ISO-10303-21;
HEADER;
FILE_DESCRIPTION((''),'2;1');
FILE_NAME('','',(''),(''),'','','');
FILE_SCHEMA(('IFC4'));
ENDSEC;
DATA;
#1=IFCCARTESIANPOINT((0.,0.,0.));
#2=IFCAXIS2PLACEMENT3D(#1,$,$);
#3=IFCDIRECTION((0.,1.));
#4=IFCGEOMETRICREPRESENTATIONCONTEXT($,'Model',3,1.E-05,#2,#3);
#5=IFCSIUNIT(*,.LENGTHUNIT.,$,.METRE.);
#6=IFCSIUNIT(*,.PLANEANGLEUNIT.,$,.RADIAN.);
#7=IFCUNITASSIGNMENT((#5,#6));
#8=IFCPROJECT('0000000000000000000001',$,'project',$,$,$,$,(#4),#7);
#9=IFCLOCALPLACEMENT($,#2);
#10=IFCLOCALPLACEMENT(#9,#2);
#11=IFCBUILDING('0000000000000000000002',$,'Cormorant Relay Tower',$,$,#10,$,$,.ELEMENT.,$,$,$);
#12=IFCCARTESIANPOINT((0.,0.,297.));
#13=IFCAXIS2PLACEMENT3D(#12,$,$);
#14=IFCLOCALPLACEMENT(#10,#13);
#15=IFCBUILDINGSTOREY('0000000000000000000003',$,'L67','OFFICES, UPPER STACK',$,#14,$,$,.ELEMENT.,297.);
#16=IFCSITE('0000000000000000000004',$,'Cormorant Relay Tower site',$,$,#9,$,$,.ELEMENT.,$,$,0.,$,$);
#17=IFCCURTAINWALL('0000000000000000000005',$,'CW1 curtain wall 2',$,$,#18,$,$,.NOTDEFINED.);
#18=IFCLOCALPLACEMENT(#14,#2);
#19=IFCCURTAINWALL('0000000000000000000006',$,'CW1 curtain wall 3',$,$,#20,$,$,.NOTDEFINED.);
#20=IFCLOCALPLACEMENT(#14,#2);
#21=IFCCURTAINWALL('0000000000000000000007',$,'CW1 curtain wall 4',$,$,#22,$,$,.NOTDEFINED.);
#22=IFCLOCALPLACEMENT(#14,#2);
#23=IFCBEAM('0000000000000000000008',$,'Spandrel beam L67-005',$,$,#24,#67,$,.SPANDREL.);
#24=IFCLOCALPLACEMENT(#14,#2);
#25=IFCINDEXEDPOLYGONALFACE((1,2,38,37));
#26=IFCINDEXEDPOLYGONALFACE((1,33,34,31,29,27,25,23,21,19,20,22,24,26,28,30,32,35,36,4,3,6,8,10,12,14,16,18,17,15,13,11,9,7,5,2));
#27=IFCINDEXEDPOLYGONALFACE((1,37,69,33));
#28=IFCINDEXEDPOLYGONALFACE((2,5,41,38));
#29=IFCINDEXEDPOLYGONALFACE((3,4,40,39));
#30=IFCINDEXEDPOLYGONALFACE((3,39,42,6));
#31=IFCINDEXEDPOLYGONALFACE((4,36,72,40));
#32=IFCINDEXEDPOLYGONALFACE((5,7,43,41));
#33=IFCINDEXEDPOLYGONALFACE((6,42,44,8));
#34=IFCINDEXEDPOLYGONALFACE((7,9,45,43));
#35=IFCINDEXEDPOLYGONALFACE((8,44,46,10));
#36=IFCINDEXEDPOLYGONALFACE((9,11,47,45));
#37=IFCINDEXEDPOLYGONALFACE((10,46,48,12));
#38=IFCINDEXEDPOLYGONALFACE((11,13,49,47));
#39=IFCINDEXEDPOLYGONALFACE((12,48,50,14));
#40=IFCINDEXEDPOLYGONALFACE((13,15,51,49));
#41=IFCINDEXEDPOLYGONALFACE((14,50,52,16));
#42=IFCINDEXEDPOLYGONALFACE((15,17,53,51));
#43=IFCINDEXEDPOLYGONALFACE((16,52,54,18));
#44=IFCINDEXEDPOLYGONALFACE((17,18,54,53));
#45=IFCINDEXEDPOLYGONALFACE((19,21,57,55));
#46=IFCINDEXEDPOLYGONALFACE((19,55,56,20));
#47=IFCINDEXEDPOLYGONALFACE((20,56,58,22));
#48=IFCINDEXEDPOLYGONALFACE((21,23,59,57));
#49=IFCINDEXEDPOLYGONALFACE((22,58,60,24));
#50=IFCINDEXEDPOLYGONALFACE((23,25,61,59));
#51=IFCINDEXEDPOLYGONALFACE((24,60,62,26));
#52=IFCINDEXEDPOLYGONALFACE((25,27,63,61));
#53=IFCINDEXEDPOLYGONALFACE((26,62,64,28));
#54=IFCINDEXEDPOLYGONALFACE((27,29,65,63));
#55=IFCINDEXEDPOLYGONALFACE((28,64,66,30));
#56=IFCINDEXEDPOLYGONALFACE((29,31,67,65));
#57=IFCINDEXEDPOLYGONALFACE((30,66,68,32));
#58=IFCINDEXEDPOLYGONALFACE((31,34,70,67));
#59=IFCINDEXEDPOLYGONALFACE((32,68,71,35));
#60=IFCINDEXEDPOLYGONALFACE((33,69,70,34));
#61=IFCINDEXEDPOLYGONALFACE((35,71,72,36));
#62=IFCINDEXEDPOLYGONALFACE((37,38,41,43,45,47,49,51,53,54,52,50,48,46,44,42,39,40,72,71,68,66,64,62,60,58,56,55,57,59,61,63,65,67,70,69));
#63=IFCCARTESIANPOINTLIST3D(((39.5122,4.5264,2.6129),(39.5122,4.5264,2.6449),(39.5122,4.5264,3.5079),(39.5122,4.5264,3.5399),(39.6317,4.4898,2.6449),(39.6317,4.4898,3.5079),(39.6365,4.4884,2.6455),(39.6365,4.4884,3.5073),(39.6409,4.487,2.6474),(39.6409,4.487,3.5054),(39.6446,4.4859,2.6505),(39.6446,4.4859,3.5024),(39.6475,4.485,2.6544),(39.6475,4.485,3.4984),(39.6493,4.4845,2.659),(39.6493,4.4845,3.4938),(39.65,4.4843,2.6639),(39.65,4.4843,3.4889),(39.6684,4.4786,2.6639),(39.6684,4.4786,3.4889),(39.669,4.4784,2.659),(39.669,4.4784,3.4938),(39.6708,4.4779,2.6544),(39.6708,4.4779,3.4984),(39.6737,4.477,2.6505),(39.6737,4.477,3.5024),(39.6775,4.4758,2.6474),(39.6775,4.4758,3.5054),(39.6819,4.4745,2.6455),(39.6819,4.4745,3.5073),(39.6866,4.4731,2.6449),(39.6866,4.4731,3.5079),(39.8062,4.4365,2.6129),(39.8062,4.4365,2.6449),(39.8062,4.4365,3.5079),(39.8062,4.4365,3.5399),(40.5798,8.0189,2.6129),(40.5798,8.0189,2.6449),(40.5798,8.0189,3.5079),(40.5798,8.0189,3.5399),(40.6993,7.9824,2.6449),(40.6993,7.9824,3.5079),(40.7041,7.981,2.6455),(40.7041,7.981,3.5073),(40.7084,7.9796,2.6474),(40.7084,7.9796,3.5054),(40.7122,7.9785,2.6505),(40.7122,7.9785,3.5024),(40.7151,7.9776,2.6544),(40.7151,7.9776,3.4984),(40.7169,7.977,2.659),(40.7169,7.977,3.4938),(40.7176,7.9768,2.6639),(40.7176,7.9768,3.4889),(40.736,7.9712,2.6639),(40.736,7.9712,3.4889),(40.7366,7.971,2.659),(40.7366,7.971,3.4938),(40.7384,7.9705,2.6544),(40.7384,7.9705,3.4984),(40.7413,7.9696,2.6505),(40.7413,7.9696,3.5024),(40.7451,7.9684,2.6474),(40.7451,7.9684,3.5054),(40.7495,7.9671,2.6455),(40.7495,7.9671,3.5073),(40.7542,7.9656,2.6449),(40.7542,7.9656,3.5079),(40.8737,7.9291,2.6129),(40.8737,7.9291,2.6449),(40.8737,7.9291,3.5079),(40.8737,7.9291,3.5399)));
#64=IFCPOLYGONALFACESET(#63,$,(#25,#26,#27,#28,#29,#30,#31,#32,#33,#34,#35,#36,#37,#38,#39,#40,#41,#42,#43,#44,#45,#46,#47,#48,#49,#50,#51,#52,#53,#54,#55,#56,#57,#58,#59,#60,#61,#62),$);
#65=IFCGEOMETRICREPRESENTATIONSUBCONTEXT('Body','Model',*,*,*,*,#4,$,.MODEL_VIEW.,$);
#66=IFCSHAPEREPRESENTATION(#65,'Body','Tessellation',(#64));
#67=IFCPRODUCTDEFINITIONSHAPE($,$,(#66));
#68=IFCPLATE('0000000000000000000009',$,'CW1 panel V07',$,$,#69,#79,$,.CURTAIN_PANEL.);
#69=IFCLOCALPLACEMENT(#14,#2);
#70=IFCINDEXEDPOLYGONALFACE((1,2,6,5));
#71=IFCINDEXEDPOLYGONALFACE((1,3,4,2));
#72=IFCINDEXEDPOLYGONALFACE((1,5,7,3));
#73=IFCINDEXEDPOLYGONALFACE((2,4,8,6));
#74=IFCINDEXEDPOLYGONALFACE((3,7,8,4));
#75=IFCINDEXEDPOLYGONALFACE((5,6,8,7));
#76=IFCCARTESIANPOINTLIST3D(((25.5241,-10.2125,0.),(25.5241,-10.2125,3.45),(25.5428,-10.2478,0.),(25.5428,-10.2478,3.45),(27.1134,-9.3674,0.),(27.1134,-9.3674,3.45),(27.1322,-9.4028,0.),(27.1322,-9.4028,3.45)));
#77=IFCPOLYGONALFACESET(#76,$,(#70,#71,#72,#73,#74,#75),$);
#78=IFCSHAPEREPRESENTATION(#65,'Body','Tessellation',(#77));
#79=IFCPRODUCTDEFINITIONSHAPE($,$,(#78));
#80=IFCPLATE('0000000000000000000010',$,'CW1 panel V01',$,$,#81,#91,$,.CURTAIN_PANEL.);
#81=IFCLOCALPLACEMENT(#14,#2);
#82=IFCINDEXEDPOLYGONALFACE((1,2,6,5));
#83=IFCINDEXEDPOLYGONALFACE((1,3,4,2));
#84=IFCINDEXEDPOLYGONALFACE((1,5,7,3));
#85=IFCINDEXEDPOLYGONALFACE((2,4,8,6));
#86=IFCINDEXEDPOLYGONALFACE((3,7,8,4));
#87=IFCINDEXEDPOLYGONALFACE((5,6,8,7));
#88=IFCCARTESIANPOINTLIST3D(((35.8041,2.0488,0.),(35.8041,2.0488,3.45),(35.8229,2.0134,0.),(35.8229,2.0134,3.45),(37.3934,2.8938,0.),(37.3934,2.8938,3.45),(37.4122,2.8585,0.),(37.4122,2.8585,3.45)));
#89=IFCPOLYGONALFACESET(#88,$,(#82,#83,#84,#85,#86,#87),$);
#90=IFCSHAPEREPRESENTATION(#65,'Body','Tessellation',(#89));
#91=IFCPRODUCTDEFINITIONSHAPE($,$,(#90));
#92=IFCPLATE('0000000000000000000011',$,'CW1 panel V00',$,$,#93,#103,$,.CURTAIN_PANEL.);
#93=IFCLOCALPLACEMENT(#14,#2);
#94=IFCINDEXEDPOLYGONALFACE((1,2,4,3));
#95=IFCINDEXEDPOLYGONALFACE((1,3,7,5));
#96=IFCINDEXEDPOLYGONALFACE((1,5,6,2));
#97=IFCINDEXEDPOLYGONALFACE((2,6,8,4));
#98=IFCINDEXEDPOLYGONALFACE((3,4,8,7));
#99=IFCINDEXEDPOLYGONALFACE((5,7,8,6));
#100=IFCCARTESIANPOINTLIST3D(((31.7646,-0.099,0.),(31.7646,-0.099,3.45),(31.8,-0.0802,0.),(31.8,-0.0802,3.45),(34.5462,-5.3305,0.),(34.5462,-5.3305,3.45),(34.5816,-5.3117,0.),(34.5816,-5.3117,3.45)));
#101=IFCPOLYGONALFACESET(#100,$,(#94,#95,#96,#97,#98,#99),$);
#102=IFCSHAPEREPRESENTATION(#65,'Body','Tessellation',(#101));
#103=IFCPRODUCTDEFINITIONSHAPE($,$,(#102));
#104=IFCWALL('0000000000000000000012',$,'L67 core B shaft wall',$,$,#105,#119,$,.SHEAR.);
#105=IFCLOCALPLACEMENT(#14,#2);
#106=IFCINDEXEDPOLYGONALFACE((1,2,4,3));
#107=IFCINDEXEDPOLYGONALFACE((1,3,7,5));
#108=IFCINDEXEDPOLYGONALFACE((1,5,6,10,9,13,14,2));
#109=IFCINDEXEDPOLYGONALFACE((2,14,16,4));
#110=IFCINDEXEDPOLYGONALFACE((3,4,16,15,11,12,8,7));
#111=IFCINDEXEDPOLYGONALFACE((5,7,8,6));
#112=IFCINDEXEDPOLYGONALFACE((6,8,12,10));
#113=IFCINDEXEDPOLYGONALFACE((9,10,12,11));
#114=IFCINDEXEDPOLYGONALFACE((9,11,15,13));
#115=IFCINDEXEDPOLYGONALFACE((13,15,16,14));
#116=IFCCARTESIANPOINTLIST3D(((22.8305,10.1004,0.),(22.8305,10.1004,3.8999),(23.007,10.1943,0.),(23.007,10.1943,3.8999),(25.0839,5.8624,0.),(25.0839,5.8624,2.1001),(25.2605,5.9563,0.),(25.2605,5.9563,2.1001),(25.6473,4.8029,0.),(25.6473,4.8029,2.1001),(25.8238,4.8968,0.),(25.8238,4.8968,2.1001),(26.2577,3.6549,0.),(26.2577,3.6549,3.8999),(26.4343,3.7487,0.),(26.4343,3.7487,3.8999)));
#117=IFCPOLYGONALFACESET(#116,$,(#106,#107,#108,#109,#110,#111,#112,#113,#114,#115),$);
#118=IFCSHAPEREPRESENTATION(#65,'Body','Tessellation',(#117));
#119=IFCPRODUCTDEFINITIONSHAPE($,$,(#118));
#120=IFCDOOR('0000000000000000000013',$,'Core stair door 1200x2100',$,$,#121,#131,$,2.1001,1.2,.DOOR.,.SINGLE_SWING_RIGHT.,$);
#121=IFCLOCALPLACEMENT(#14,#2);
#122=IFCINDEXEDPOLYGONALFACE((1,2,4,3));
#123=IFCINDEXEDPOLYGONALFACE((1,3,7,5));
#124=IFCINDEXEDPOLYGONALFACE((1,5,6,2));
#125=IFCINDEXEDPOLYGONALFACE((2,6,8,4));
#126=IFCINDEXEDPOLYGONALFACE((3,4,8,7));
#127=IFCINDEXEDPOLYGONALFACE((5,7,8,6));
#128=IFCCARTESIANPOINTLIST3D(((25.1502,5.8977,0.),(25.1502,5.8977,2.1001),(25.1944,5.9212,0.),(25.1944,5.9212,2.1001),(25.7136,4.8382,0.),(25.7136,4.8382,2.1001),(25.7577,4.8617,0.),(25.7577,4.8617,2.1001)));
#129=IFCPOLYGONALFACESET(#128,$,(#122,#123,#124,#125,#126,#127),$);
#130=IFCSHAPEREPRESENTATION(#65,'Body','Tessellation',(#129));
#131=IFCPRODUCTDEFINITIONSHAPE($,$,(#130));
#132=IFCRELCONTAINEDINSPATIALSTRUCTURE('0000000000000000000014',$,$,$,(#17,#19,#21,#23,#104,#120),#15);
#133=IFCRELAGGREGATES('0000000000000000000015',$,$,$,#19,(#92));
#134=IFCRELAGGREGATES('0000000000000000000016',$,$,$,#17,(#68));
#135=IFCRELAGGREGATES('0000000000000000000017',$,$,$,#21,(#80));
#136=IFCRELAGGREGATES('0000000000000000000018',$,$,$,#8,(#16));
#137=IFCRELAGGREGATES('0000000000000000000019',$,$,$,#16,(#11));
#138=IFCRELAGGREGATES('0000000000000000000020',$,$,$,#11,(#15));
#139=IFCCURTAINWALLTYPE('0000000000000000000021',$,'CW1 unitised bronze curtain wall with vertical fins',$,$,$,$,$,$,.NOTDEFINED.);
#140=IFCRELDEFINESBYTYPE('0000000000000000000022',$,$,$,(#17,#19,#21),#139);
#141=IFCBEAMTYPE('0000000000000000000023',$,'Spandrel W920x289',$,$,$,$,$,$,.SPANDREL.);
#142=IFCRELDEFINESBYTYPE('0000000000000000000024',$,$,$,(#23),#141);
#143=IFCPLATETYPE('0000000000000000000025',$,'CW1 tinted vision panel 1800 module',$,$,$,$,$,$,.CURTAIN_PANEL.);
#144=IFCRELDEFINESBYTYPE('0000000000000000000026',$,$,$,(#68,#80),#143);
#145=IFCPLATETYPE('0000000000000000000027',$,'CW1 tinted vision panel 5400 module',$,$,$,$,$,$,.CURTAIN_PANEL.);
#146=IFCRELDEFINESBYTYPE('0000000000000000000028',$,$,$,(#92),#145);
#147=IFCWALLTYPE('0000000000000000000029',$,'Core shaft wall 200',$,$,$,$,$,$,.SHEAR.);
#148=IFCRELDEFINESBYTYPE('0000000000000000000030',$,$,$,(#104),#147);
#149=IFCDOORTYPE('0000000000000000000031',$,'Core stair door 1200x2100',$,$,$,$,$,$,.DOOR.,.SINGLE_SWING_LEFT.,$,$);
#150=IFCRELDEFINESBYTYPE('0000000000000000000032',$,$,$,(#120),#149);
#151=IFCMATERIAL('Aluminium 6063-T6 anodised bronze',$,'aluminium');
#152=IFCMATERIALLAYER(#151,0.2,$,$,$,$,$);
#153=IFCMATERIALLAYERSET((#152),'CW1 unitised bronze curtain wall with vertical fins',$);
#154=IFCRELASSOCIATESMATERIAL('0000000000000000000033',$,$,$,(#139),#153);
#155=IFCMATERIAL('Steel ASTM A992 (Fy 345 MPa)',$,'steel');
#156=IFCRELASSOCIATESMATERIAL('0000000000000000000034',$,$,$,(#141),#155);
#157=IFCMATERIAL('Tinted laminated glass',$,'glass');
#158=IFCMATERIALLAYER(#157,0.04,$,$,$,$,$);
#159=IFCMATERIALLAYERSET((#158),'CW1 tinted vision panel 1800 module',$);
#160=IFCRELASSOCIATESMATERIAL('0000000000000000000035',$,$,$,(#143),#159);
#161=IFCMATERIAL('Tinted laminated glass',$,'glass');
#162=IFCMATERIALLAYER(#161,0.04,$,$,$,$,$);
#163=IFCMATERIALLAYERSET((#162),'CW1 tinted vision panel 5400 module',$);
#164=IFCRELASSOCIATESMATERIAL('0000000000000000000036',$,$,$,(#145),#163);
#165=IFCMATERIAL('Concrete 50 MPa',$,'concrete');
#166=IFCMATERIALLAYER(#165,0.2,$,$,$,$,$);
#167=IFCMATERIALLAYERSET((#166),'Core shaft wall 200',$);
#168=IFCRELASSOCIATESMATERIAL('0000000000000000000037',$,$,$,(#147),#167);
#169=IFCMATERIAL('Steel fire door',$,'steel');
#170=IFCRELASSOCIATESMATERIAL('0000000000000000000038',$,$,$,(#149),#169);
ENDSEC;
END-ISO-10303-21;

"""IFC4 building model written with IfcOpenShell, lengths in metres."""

from ifc_helpers import new_model, si_unit, direction, frame, frame_2d, origin, origin_2d, place, context, subcontext, project, spatial, rectangle, i_section, extrude, material, layer, layer_set, material_profile, profile_set, type_object, element, fill, aggregate, save


model = new_model("IFC4")

# Units and contexts
model_context = context("Model", 3, precision=1e-05, world=origin(), true_north=direction((0.0, 1.0)))
body_context = subcontext(model_context, "Body", "Model", "MODEL_VIEW")
ifc_project = project(units=[si_unit("LENGTHUNIT", "METRE"), si_unit("PLANEANGLEUNIT", "RADIAN")], contexts=[model_context])

# Site, building, storey
site_placement = place(None, origin())
site = spatial("IfcSite", under=ifc_project, at=site_placement, Name="Cormorant Relay Tower site", CompositionType="ELEMENT", RefElevation=0.0)
building_placement = place(site_placement, origin())
building = spatial("IfcBuilding", under=site, at=building_placement, Name="Cormorant Relay Tower", CompositionType="ELEMENT")
storey_placement = place(building_placement, frame((0.0, 0.0, 297.0)))
storey = spatial("IfcBuildingStorey", under=building, at=storey_placement, Name="L67", Description="OFFICES, UPPER STACK", CompositionType="ELEMENT", Elevation=297.0)

# Curtain walls
ifc_material_1 = material(Name="Aluminium 6063-T6 anodised bronze", Category="aluminium")
ifc_layer_1 = layer(ifc_material_1, 0.2)
ifc_layer_set_1 = layer_set([ifc_layer_1], Name="CW1 unitised bronze curtain wall with vertical fins")
curtain_wall_type = type_object("IfcCurtainWallType", Name="CW1 unitised bronze curtain wall with vertical fins", PredefinedType="NOTDEFINED", material=ifc_layer_set_1)
curtain_wall_1_placement = place(storey_placement, origin())
curtain_wall_1 = element("IfcCurtainWall", 1, at=curtain_wall_1_placement, inside=storey, type_object=curtain_wall_type, Name="CW1 curtain wall 2", PredefinedType="NOTDEFINED")
curtain_wall_2_placement = place(storey_placement, origin())
curtain_wall_2 = element("IfcCurtainWall", 2, at=curtain_wall_2_placement, inside=storey, type_object=curtain_wall_type, Name="CW1 curtain wall 3", PredefinedType="NOTDEFINED")

# Curtain wall
curtain_wall_3_placement = place(storey_placement, origin())
curtain_wall_3 = element("IfcCurtainWall", 3, at=curtain_wall_3_placement, inside=storey, type_object=curtain_wall_type, Name="CW1 curtain wall 4", PredefinedType="NOTDEFINED")

# Beam
ifc_material_2 = material(Name="Steel ASTM A992 (Fy 345 MPa)", Category="steel")
ifc_material_profile_1 = material_profile(ifc_material_2, i_section(OverallWidth=0.3074, OverallDepth=0.927, WebThickness=0.0193, FlangeThickness=0.032, FilletRadius=0.019, at=origin_2d()), Name="W920x289")
ifc_profile_set_1 = profile_set([ifc_material_profile_1], Name="Steel ASTM A992 (Fy 345 MPa)")
beam_type = type_object("IfcBeamType", Name="Spandrel W920x289", PredefinedType="SPANDREL", material=ifc_profile_set_1)
beam_1_placement = place(storey_placement, frame((39.6592, 4.4814, 3.0764), z_axis=(0.292324, 0.956319, 0.0), x_axis=(-0.956319, 0.292324, 0.0)))
element("IfcBeam", 4, at=beam_1_placement, inside=storey, type_object=beam_type, Name="Spandrel beam L67-005", PredefinedType="SPANDREL", context=body_context, shape_type="SweptSolid", body=[
    extrude(i_section(OverallWidth=0.3074, OverallDepth=0.927, WebThickness=0.0193, FlangeThickness=0.032, FilletRadius=0.019, at=origin_2d()), origin(), (0.0, 0.0, 1.0), 3.6521),
])

# Plates
ifc_material_3 = material(Name="Tinted laminated glass", Category="glass")
ifc_layer_2 = layer(ifc_material_3, 0.04)
ifc_layer_set_2 = layer_set([ifc_layer_2], Name="CW1 tinted vision panel 1800 module")
plate_type_1 = type_object("IfcPlateType", Name="CW1 tinted vision panel 1800 module", PredefinedType="CURTAIN_PANEL", material=ifc_layer_set_2)
plate_1_placement = place(storey_placement, frame((26.3281, -9.8076, 0.0), z_axis=(0.0, 0.0, 1.0), x_axis=(0.882948, 0.469472, 0.0)))
plate_1 = element("IfcPlate", 5, at=plate_1_placement, type_object=plate_type_1, Name="CW1 panel V07", PredefinedType="CURTAIN_PANEL", context=body_context, shape_type="SweptSolid", body=[
    extrude(rectangle(XDim=1.8, YDim=0.04, at=origin_2d()), origin(), (0.0, 0.0, 1.0), 3.45),
])
plate_2_placement = place(storey_placement, frame((36.6082, 2.4536, 0.0), z_axis=(0.0, 0.0, 1.0), x_axis=(0.882948, 0.469472, 0.0)))
plate_2 = element("IfcPlate", 6, at=plate_2_placement, type_object=plate_type_1, Name="CW1 panel V01", PredefinedType="CURTAIN_PANEL", context=body_context, shape_type="SweptSolid", body=[
    extrude(rectangle(XDim=1.8, YDim=0.04, at=origin_2d()), origin(), (0.0, 0.0, 1.0), 3.45),
])
ifc_material_4 = material(Name="Tinted laminated glass", Category="glass")
ifc_layer_3 = layer(ifc_material_4, 0.04)
ifc_layer_set_3 = layer_set([ifc_layer_3], Name="CW1 tinted vision panel 5400 module")
plate_type_2 = type_object("IfcPlateType", Name="CW1 tinted vision panel 5400 module", PredefinedType="CURTAIN_PANEL", material=ifc_layer_set_3)
plate_3_placement = place(storey_placement, frame((33.1731, -2.7053, 0.0), z_axis=(0.0, 0.0, 1.0), x_axis=(-0.469472, 0.882948, 0.0)))
plate_3 = element("IfcPlate", 7, at=plate_3_placement, type_object=plate_type_2, Name="CW1 panel V00", PredefinedType="CURTAIN_PANEL", context=body_context, shape_type="SweptSolid", body=[
    extrude(rectangle(XDim=5.925, YDim=0.04, at=origin_2d()), origin(), (0.0, 0.0, 1.0), 3.45),
])
aggregate(curtain_wall_2, [plate_3])

# Wall, opening, door
ifc_material_5 = material(Name="Concrete 50 MPa", Category="concrete")
ifc_layer_4 = layer(ifc_material_5, 0.2)
ifc_layer_set_4 = layer_set([ifc_layer_4], Name="Core shaft wall 200")
wall_type_1 = type_object("IfcWallType", Name="Core shaft wall 200", PredefinedType="SHEAR", material=ifc_layer_set_4)
wall_1_placement = place(storey_placement, frame((26.3459, 3.7019, 0.0), z_axis=(0.0, 0.0, 1.0), x_axis=(-0.46948, 0.882943, 0.0)))
wall_1 = element("IfcWall", 8, at=wall_1_placement, inside=storey, type_object=wall_type_1, Name="L67 core B shaft wall", PredefinedType="SHEAR", context=body_context, shape_type="SweptSolid", body=[
    extrude(rectangle(XDim=7.3, YDim=0.2, at=frame_2d((3.6499, 0.0))), origin(), (0.0, 0.0, 1.0), 3.8999),
])
opening_1_placement = place(wall_1_placement, frame((1.3, 0.0, 0.0)))
opening_1 = element("IfcOpeningElement", 9, at=opening_1_placement, cuts=wall_1, PredefinedType="OPENING", context=body_context, shape_type="SweptSolid", body=[
    extrude(rectangle(XDim=1.2, YDim=2.1001, at=frame_2d((0.6001, 1.05))), frame((0.0, 0.1099, 0.0), z_axis=(0.0, -1.0, 0.0), x_axis=(1.0, 0.0, 0.0)), (0.0, 0.0, 1.0), 0.22),
])
ifc_material_6 = material(Name="Steel fire door", Category="steel")
door_type_1 = type_object("IfcDoorType", Name="Core stair door 1200x2100", OperationType="SINGLE_SWING_LEFT", PredefinedType="DOOR", material=ifc_material_6)
door_1_placement = place(opening_1_placement, origin())
door_1 = element("IfcDoor", 10, at=door_1_placement, inside=storey, type_object=door_type_1, Name="Core stair door 1200x2100", OperationType="SINGLE_SWING_RIGHT", OverallHeight=2.1001, OverallWidth=1.2, PredefinedType="DOOR", context=body_context, shape_type="SweptSolid", body=[
    extrude(rectangle(XDim=1.2, YDim=2.1001, at=frame_2d((0.6001, 1.05))), frame((0.0, 0.0249, 0.0), z_axis=(0.0, -1.0, 0.0), x_axis=(1.0, 0.0, 0.0)), (0.0, 0.0, 1.0), 0.05),
])
fill(opening_1, door_1)

aggregate(curtain_wall_1, [plate_1])
aggregate(curtain_wall_3, [plate_2])

save(model, "model.ifc")
